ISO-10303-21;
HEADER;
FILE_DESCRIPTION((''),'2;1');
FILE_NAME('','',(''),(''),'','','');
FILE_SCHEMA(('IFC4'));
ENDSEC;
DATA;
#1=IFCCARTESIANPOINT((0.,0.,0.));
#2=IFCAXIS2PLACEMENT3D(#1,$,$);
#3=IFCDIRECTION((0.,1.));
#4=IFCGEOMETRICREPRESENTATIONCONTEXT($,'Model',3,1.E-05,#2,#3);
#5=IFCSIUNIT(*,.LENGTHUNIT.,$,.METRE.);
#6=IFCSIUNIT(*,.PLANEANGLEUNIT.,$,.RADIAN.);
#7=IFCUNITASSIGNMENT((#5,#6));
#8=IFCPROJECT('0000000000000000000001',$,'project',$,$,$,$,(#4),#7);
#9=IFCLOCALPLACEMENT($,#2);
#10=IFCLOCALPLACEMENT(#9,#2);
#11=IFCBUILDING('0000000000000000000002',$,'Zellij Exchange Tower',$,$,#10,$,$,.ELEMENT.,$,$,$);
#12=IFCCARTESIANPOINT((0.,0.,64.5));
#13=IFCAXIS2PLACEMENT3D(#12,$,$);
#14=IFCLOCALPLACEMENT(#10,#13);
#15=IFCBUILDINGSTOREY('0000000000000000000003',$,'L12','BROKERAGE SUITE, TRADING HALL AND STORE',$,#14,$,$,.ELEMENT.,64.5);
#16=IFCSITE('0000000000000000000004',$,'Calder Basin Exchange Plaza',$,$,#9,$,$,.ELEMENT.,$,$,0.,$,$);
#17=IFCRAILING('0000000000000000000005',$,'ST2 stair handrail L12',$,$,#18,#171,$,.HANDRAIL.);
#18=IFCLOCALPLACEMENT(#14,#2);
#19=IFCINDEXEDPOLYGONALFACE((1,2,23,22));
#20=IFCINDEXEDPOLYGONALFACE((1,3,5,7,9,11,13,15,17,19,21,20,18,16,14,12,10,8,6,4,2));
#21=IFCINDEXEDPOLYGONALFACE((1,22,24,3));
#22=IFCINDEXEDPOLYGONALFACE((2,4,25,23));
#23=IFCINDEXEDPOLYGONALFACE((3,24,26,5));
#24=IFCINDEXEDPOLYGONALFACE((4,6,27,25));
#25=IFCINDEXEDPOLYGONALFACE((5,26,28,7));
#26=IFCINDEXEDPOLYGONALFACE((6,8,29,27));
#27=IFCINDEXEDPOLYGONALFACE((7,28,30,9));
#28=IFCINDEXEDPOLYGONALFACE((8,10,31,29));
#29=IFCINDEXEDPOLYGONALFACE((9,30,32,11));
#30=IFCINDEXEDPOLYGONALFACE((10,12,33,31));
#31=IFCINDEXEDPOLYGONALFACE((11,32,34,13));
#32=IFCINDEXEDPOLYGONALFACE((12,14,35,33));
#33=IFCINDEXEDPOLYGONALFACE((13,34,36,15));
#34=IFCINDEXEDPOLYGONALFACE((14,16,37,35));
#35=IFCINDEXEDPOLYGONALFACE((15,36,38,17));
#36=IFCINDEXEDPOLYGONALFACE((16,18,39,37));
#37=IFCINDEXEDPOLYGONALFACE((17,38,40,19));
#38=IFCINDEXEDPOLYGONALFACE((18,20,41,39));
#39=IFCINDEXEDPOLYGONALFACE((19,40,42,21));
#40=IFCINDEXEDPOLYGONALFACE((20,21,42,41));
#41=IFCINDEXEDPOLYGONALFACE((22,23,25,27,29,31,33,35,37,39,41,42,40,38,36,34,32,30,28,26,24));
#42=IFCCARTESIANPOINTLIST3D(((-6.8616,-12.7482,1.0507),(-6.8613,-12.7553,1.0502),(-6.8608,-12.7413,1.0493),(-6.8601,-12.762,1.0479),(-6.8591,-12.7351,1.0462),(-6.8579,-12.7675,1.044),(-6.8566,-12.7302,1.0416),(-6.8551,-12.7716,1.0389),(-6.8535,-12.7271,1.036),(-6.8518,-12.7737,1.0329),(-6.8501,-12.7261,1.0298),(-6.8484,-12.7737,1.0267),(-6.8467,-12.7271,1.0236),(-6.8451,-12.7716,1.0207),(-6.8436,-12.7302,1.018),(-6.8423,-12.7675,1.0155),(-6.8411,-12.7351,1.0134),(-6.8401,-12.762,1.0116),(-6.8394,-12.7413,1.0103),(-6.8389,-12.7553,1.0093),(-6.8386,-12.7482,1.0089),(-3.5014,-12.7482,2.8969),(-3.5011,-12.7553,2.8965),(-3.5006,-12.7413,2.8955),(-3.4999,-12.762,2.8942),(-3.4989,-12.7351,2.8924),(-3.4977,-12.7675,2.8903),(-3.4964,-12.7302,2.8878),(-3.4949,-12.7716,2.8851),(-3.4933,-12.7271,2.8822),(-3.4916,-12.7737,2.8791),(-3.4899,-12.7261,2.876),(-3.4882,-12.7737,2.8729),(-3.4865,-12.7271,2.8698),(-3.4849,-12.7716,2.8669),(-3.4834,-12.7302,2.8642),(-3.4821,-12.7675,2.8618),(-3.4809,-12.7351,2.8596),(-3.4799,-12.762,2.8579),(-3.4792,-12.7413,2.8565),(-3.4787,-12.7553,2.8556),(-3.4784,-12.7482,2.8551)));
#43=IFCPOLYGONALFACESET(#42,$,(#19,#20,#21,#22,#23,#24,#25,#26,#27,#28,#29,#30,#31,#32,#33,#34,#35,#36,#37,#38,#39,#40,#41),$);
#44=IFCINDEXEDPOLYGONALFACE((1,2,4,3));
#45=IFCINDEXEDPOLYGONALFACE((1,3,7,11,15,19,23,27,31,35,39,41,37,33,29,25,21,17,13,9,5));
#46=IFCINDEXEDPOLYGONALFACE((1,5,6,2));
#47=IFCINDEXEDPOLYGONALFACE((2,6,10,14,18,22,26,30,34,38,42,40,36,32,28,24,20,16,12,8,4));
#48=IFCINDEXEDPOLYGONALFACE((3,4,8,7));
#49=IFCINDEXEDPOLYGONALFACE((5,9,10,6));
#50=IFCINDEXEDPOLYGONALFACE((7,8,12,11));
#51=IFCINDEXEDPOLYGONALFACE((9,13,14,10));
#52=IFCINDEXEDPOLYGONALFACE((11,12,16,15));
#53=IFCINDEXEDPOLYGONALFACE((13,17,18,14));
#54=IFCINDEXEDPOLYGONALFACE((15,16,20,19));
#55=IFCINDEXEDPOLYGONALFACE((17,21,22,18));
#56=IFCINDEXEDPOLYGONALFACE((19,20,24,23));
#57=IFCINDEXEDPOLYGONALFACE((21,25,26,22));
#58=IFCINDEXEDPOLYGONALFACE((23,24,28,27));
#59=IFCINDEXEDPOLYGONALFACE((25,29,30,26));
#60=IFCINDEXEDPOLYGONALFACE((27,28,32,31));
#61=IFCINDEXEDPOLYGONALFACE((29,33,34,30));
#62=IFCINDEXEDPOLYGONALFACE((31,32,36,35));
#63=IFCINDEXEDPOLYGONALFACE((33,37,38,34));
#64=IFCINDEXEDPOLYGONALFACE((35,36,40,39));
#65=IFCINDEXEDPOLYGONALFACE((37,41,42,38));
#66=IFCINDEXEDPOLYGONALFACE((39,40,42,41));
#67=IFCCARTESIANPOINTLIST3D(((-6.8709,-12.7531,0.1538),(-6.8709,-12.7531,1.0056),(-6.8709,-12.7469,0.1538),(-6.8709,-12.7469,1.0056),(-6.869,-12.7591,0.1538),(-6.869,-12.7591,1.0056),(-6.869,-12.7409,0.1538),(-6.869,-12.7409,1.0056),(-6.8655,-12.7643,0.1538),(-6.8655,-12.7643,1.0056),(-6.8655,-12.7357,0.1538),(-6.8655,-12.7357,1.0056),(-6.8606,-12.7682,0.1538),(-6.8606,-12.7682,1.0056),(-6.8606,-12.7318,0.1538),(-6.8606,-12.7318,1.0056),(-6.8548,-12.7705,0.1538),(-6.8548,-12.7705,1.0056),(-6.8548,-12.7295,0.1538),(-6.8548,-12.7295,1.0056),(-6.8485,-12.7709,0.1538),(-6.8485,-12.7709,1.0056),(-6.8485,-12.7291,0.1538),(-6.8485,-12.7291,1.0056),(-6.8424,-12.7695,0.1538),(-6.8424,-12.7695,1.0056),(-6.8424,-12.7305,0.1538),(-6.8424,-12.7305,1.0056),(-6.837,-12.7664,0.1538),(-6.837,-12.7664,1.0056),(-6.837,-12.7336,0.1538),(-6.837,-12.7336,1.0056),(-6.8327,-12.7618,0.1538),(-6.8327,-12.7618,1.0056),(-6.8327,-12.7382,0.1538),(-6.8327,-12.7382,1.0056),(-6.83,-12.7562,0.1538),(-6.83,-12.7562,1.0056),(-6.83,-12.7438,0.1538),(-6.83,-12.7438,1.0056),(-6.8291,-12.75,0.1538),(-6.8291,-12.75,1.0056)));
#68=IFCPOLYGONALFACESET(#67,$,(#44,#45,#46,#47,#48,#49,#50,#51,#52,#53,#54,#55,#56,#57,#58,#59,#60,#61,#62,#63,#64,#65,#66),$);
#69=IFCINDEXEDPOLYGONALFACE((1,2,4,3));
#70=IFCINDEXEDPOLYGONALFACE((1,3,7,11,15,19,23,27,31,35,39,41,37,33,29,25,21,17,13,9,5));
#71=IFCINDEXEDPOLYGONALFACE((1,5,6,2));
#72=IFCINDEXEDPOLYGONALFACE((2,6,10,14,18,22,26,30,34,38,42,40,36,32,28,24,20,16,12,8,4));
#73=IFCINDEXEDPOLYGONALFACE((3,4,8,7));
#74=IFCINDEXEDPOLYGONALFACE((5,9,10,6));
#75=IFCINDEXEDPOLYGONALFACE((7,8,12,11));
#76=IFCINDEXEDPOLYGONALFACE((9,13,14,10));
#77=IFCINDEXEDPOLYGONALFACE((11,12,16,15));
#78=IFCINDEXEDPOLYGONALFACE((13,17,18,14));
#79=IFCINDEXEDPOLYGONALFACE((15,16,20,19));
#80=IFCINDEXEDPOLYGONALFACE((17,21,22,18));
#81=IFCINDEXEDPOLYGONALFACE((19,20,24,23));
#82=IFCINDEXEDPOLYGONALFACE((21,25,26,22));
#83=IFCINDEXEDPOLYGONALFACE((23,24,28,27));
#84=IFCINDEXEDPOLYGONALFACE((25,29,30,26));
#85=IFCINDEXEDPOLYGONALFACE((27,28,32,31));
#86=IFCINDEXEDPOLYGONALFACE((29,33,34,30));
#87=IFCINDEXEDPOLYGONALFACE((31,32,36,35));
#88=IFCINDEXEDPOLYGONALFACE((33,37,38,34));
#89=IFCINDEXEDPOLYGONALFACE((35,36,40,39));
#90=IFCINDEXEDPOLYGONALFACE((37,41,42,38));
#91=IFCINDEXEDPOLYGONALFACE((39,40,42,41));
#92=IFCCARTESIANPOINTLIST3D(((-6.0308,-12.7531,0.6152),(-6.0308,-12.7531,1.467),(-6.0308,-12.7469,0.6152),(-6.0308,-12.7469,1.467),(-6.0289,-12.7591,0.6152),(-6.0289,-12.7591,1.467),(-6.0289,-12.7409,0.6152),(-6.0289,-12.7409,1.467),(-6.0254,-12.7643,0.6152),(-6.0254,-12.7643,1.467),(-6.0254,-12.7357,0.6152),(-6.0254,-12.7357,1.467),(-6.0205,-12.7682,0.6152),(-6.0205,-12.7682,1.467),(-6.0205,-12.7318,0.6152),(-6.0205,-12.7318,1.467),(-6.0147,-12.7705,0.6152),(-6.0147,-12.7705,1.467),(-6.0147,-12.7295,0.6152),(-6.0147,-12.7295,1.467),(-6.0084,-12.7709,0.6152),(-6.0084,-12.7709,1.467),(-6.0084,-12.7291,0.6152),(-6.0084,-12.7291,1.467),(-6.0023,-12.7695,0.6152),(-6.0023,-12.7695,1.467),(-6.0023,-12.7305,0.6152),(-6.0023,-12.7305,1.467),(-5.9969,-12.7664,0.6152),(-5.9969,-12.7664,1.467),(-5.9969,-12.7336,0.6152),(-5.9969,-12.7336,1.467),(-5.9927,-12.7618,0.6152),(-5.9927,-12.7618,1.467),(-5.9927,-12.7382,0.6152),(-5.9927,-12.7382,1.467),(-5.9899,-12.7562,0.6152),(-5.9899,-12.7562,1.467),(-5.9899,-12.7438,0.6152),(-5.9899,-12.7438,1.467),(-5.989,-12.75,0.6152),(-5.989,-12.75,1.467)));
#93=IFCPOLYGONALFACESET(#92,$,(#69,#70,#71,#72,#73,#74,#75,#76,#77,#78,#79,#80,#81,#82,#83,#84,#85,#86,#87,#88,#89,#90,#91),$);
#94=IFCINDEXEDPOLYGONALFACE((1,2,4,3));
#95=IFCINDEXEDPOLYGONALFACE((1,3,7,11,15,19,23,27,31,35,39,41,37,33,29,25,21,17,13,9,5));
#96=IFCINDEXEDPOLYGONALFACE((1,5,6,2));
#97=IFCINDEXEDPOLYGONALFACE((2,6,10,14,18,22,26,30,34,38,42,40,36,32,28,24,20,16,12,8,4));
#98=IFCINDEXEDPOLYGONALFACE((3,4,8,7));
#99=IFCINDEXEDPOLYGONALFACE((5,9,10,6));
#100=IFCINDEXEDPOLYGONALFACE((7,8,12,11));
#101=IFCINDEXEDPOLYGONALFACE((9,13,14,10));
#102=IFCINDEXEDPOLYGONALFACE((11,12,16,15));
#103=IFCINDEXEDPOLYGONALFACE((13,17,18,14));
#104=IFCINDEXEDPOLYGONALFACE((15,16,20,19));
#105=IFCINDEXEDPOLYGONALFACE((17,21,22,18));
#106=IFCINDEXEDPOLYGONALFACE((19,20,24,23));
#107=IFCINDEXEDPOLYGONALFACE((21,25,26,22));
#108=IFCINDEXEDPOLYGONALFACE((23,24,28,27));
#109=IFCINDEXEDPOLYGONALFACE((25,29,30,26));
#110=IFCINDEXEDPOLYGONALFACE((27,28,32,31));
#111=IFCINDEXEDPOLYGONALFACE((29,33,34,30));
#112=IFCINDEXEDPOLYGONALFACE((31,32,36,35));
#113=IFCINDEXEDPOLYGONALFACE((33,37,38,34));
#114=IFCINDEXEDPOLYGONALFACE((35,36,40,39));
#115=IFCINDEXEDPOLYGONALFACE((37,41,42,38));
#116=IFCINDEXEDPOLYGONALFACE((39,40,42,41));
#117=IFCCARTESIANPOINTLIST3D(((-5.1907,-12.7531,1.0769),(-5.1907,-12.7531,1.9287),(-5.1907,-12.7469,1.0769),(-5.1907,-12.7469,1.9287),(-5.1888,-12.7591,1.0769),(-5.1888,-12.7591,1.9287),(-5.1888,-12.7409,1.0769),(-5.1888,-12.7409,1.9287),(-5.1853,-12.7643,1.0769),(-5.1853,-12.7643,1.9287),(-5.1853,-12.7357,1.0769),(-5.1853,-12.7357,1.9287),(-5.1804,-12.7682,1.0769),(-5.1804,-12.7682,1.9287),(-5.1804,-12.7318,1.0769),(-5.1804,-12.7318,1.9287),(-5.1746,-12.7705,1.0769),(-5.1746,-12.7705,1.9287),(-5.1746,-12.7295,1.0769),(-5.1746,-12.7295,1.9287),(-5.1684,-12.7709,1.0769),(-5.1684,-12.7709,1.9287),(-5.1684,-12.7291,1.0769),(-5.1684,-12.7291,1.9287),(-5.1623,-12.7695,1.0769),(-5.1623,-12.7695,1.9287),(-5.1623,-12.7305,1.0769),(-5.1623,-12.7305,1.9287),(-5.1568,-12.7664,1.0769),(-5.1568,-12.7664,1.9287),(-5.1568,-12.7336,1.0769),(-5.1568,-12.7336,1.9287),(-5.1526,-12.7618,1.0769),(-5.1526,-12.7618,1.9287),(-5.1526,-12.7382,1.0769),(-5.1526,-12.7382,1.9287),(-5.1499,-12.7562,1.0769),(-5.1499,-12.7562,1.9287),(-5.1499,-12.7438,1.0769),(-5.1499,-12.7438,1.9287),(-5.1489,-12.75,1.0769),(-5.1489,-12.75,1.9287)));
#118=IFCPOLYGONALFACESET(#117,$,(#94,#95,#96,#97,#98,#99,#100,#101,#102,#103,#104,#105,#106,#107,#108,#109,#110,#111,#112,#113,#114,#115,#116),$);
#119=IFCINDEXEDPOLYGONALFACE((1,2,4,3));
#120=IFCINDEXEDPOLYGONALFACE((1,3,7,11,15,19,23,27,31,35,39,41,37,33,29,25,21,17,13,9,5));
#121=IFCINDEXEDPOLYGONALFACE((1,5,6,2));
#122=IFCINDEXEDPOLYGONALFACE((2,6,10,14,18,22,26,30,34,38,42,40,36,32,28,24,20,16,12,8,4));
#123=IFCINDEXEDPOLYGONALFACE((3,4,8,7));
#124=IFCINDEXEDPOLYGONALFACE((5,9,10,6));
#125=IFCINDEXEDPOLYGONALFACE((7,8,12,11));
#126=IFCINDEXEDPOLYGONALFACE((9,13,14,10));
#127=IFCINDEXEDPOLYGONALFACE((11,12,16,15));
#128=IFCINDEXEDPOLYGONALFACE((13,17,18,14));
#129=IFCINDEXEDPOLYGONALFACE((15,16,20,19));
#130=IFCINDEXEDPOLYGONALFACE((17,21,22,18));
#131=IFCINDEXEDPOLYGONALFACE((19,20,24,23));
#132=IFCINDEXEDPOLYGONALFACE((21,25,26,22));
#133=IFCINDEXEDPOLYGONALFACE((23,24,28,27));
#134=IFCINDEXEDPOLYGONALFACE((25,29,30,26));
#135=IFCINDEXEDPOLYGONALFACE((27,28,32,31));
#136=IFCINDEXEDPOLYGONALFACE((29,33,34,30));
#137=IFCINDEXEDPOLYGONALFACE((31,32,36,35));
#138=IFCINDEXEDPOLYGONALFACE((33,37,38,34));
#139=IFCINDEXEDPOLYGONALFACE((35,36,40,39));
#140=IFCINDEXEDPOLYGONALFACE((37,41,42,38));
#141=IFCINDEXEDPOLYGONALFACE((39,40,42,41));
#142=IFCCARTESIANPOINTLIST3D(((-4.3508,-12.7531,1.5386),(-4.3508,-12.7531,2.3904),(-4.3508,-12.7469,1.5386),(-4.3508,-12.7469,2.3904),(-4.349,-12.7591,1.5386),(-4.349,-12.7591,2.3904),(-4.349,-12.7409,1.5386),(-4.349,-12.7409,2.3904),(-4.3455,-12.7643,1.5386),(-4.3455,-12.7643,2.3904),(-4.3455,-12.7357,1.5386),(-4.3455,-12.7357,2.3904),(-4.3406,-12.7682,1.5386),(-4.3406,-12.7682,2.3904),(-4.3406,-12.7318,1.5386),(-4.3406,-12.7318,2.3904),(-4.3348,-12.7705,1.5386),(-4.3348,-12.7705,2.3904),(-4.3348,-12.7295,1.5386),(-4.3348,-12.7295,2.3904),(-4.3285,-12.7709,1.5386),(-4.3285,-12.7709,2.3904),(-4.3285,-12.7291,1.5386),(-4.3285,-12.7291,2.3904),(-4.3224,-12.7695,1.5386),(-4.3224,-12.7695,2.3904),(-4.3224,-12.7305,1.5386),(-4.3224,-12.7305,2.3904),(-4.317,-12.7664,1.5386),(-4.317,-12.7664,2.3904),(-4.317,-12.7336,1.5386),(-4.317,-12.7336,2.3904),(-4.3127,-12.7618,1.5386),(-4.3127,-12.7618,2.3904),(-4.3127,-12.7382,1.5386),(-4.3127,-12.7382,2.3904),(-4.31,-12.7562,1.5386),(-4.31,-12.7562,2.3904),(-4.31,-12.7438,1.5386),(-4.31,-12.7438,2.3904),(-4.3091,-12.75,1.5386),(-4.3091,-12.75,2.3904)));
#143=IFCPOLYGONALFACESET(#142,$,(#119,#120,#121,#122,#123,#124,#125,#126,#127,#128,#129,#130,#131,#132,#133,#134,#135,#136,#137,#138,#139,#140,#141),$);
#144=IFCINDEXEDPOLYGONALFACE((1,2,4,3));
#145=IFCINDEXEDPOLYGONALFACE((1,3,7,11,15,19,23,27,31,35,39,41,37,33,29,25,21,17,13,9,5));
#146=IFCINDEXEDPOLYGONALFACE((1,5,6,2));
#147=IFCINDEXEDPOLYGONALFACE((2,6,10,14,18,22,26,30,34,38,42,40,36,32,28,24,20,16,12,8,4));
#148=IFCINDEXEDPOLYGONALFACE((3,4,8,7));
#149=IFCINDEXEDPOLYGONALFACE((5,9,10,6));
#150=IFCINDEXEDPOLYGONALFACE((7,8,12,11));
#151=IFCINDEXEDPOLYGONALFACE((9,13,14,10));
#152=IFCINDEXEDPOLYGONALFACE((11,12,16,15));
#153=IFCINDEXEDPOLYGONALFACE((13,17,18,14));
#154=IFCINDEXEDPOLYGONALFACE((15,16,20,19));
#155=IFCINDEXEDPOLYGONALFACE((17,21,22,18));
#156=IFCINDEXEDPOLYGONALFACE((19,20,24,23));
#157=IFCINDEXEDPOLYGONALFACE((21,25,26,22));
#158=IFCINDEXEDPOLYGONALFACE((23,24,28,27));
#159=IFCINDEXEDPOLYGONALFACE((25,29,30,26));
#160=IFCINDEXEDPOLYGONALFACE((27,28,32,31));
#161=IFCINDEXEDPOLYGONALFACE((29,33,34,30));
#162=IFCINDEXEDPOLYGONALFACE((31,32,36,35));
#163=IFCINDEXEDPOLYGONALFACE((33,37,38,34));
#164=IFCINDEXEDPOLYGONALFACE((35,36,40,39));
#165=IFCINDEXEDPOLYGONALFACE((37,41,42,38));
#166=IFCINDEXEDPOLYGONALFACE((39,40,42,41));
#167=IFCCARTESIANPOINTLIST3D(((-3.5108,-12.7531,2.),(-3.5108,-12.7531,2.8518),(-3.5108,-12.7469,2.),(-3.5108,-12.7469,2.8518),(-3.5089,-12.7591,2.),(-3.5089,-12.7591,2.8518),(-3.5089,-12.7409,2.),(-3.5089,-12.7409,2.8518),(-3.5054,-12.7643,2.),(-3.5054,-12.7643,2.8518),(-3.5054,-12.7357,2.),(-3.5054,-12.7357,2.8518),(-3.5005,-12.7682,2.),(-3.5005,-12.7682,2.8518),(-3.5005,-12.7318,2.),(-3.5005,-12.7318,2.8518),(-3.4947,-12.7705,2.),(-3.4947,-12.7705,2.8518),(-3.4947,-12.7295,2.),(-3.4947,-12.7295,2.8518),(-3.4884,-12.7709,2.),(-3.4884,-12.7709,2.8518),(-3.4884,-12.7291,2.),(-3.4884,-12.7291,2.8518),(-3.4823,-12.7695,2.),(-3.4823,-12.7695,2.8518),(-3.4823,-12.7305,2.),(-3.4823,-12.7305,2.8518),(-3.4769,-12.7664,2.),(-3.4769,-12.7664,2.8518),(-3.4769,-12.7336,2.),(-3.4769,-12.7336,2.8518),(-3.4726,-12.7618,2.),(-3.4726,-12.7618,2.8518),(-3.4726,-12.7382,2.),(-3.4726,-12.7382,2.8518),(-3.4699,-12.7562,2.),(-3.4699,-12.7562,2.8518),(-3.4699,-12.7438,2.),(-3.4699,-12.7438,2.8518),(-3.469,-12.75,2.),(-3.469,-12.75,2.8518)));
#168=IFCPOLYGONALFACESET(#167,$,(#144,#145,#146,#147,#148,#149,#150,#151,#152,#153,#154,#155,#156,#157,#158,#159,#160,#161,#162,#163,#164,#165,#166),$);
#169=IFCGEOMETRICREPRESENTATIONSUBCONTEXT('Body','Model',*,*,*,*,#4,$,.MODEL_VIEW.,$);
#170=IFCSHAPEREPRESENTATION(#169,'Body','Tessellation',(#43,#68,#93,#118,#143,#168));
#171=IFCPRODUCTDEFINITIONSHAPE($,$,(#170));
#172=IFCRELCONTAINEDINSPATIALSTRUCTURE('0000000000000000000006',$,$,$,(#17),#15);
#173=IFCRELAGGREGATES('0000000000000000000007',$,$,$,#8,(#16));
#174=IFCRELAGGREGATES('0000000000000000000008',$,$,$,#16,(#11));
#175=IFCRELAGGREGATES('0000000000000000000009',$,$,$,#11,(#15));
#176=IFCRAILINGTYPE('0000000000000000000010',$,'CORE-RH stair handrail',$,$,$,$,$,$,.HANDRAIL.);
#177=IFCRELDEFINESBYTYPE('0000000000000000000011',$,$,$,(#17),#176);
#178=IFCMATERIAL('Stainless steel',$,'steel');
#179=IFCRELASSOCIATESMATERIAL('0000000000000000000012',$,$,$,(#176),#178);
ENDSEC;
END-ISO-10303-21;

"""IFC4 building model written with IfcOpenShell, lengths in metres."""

from ifc_helpers import new_model, si_unit, direction, frame, origin, origin_2d, place, context, subcontext, project, spatial, circle, extrude, material, type_object, element, save


model = new_model("IFC4")

# Units and contexts
model_context = context("Model", 3, precision=1e-05, world=origin(), true_north=direction((0.0, 1.0)))
body_context = subcontext(model_context, "Body", "Model", "MODEL_VIEW")
ifc_project = project(units=[si_unit("LENGTHUNIT", "METRE"), si_unit("PLANEANGLEUNIT", "RADIAN")], contexts=[model_context])

# Site, building, storey
site_placement = place(None, origin())
site = spatial("IfcSite", under=ifc_project, at=site_placement, Name="Calder Basin Exchange Plaza", CompositionType="ELEMENT", RefElevation=0.0)
building_placement = place(site_placement, origin())
building = spatial("IfcBuilding", under=site, at=building_placement, Name="Zellij Exchange Tower", CompositionType="ELEMENT")
storey_placement = place(building_placement, frame((0.0, 0.0, 64.5)))
storey = spatial("IfcBuildingStorey", under=building, at=storey_placement, Name="L12", Description="BROKERAGE SUITE, TRADING HALL AND STORE", CompositionType="ELEMENT", Elevation=64.5)

# Railing
ifc_material_1 = material(Name="Stainless steel", Category="steel")
railing_type_1 = type_object("IfcRailingType", Name="CORE-RH stair handrail", PredefinedType="HANDRAIL", material=ifc_material_1)
railing_1_placement = place(storey_placement, frame((-6.8501, -12.75, 0.1538)))
element("IfcRailing", 1, at=railing_1_placement, inside=storey, type_object=railing_type_1, Name="ST2 stair handrail L12", PredefinedType="HANDRAIL", context=body_context, shape_type="SweptSolid", body=[
    extrude(circle(Radius=0.0239, at=origin_2d()), frame((0.0, 0.0, 0.876), z_axis=(0.876422, 0.0, 0.481545), x_axis=(0.0, 1.0, 0.0)), (0.0, 0.0, 1.0), 3.834),
    extrude(circle(Radius=0.021, at=origin_2d()), origin(), (0.0, 0.0, 1.0), 0.8518),
    extrude(circle(Radius=0.021, at=origin_2d()), frame((0.8401, 0.0, 0.4614)), (0.0, 0.0, 1.0), 0.8518),
    extrude(circle(Radius=0.021, at=origin_2d()), frame((1.6802, 0.0, 0.9231)), (0.0, 0.0, 1.0), 0.8518),
    extrude(circle(Radius=0.021, at=origin_2d()), frame((2.52, 0.0, 1.3848)), (0.0, 0.0, 1.0), 0.8518),
    extrude(circle(Radius=0.021, at=origin_2d()), frame((3.3601, 0.0, 1.8462)), (0.0, 0.0, 1.0), 0.8518),
])

save(model, "model.ifc")
